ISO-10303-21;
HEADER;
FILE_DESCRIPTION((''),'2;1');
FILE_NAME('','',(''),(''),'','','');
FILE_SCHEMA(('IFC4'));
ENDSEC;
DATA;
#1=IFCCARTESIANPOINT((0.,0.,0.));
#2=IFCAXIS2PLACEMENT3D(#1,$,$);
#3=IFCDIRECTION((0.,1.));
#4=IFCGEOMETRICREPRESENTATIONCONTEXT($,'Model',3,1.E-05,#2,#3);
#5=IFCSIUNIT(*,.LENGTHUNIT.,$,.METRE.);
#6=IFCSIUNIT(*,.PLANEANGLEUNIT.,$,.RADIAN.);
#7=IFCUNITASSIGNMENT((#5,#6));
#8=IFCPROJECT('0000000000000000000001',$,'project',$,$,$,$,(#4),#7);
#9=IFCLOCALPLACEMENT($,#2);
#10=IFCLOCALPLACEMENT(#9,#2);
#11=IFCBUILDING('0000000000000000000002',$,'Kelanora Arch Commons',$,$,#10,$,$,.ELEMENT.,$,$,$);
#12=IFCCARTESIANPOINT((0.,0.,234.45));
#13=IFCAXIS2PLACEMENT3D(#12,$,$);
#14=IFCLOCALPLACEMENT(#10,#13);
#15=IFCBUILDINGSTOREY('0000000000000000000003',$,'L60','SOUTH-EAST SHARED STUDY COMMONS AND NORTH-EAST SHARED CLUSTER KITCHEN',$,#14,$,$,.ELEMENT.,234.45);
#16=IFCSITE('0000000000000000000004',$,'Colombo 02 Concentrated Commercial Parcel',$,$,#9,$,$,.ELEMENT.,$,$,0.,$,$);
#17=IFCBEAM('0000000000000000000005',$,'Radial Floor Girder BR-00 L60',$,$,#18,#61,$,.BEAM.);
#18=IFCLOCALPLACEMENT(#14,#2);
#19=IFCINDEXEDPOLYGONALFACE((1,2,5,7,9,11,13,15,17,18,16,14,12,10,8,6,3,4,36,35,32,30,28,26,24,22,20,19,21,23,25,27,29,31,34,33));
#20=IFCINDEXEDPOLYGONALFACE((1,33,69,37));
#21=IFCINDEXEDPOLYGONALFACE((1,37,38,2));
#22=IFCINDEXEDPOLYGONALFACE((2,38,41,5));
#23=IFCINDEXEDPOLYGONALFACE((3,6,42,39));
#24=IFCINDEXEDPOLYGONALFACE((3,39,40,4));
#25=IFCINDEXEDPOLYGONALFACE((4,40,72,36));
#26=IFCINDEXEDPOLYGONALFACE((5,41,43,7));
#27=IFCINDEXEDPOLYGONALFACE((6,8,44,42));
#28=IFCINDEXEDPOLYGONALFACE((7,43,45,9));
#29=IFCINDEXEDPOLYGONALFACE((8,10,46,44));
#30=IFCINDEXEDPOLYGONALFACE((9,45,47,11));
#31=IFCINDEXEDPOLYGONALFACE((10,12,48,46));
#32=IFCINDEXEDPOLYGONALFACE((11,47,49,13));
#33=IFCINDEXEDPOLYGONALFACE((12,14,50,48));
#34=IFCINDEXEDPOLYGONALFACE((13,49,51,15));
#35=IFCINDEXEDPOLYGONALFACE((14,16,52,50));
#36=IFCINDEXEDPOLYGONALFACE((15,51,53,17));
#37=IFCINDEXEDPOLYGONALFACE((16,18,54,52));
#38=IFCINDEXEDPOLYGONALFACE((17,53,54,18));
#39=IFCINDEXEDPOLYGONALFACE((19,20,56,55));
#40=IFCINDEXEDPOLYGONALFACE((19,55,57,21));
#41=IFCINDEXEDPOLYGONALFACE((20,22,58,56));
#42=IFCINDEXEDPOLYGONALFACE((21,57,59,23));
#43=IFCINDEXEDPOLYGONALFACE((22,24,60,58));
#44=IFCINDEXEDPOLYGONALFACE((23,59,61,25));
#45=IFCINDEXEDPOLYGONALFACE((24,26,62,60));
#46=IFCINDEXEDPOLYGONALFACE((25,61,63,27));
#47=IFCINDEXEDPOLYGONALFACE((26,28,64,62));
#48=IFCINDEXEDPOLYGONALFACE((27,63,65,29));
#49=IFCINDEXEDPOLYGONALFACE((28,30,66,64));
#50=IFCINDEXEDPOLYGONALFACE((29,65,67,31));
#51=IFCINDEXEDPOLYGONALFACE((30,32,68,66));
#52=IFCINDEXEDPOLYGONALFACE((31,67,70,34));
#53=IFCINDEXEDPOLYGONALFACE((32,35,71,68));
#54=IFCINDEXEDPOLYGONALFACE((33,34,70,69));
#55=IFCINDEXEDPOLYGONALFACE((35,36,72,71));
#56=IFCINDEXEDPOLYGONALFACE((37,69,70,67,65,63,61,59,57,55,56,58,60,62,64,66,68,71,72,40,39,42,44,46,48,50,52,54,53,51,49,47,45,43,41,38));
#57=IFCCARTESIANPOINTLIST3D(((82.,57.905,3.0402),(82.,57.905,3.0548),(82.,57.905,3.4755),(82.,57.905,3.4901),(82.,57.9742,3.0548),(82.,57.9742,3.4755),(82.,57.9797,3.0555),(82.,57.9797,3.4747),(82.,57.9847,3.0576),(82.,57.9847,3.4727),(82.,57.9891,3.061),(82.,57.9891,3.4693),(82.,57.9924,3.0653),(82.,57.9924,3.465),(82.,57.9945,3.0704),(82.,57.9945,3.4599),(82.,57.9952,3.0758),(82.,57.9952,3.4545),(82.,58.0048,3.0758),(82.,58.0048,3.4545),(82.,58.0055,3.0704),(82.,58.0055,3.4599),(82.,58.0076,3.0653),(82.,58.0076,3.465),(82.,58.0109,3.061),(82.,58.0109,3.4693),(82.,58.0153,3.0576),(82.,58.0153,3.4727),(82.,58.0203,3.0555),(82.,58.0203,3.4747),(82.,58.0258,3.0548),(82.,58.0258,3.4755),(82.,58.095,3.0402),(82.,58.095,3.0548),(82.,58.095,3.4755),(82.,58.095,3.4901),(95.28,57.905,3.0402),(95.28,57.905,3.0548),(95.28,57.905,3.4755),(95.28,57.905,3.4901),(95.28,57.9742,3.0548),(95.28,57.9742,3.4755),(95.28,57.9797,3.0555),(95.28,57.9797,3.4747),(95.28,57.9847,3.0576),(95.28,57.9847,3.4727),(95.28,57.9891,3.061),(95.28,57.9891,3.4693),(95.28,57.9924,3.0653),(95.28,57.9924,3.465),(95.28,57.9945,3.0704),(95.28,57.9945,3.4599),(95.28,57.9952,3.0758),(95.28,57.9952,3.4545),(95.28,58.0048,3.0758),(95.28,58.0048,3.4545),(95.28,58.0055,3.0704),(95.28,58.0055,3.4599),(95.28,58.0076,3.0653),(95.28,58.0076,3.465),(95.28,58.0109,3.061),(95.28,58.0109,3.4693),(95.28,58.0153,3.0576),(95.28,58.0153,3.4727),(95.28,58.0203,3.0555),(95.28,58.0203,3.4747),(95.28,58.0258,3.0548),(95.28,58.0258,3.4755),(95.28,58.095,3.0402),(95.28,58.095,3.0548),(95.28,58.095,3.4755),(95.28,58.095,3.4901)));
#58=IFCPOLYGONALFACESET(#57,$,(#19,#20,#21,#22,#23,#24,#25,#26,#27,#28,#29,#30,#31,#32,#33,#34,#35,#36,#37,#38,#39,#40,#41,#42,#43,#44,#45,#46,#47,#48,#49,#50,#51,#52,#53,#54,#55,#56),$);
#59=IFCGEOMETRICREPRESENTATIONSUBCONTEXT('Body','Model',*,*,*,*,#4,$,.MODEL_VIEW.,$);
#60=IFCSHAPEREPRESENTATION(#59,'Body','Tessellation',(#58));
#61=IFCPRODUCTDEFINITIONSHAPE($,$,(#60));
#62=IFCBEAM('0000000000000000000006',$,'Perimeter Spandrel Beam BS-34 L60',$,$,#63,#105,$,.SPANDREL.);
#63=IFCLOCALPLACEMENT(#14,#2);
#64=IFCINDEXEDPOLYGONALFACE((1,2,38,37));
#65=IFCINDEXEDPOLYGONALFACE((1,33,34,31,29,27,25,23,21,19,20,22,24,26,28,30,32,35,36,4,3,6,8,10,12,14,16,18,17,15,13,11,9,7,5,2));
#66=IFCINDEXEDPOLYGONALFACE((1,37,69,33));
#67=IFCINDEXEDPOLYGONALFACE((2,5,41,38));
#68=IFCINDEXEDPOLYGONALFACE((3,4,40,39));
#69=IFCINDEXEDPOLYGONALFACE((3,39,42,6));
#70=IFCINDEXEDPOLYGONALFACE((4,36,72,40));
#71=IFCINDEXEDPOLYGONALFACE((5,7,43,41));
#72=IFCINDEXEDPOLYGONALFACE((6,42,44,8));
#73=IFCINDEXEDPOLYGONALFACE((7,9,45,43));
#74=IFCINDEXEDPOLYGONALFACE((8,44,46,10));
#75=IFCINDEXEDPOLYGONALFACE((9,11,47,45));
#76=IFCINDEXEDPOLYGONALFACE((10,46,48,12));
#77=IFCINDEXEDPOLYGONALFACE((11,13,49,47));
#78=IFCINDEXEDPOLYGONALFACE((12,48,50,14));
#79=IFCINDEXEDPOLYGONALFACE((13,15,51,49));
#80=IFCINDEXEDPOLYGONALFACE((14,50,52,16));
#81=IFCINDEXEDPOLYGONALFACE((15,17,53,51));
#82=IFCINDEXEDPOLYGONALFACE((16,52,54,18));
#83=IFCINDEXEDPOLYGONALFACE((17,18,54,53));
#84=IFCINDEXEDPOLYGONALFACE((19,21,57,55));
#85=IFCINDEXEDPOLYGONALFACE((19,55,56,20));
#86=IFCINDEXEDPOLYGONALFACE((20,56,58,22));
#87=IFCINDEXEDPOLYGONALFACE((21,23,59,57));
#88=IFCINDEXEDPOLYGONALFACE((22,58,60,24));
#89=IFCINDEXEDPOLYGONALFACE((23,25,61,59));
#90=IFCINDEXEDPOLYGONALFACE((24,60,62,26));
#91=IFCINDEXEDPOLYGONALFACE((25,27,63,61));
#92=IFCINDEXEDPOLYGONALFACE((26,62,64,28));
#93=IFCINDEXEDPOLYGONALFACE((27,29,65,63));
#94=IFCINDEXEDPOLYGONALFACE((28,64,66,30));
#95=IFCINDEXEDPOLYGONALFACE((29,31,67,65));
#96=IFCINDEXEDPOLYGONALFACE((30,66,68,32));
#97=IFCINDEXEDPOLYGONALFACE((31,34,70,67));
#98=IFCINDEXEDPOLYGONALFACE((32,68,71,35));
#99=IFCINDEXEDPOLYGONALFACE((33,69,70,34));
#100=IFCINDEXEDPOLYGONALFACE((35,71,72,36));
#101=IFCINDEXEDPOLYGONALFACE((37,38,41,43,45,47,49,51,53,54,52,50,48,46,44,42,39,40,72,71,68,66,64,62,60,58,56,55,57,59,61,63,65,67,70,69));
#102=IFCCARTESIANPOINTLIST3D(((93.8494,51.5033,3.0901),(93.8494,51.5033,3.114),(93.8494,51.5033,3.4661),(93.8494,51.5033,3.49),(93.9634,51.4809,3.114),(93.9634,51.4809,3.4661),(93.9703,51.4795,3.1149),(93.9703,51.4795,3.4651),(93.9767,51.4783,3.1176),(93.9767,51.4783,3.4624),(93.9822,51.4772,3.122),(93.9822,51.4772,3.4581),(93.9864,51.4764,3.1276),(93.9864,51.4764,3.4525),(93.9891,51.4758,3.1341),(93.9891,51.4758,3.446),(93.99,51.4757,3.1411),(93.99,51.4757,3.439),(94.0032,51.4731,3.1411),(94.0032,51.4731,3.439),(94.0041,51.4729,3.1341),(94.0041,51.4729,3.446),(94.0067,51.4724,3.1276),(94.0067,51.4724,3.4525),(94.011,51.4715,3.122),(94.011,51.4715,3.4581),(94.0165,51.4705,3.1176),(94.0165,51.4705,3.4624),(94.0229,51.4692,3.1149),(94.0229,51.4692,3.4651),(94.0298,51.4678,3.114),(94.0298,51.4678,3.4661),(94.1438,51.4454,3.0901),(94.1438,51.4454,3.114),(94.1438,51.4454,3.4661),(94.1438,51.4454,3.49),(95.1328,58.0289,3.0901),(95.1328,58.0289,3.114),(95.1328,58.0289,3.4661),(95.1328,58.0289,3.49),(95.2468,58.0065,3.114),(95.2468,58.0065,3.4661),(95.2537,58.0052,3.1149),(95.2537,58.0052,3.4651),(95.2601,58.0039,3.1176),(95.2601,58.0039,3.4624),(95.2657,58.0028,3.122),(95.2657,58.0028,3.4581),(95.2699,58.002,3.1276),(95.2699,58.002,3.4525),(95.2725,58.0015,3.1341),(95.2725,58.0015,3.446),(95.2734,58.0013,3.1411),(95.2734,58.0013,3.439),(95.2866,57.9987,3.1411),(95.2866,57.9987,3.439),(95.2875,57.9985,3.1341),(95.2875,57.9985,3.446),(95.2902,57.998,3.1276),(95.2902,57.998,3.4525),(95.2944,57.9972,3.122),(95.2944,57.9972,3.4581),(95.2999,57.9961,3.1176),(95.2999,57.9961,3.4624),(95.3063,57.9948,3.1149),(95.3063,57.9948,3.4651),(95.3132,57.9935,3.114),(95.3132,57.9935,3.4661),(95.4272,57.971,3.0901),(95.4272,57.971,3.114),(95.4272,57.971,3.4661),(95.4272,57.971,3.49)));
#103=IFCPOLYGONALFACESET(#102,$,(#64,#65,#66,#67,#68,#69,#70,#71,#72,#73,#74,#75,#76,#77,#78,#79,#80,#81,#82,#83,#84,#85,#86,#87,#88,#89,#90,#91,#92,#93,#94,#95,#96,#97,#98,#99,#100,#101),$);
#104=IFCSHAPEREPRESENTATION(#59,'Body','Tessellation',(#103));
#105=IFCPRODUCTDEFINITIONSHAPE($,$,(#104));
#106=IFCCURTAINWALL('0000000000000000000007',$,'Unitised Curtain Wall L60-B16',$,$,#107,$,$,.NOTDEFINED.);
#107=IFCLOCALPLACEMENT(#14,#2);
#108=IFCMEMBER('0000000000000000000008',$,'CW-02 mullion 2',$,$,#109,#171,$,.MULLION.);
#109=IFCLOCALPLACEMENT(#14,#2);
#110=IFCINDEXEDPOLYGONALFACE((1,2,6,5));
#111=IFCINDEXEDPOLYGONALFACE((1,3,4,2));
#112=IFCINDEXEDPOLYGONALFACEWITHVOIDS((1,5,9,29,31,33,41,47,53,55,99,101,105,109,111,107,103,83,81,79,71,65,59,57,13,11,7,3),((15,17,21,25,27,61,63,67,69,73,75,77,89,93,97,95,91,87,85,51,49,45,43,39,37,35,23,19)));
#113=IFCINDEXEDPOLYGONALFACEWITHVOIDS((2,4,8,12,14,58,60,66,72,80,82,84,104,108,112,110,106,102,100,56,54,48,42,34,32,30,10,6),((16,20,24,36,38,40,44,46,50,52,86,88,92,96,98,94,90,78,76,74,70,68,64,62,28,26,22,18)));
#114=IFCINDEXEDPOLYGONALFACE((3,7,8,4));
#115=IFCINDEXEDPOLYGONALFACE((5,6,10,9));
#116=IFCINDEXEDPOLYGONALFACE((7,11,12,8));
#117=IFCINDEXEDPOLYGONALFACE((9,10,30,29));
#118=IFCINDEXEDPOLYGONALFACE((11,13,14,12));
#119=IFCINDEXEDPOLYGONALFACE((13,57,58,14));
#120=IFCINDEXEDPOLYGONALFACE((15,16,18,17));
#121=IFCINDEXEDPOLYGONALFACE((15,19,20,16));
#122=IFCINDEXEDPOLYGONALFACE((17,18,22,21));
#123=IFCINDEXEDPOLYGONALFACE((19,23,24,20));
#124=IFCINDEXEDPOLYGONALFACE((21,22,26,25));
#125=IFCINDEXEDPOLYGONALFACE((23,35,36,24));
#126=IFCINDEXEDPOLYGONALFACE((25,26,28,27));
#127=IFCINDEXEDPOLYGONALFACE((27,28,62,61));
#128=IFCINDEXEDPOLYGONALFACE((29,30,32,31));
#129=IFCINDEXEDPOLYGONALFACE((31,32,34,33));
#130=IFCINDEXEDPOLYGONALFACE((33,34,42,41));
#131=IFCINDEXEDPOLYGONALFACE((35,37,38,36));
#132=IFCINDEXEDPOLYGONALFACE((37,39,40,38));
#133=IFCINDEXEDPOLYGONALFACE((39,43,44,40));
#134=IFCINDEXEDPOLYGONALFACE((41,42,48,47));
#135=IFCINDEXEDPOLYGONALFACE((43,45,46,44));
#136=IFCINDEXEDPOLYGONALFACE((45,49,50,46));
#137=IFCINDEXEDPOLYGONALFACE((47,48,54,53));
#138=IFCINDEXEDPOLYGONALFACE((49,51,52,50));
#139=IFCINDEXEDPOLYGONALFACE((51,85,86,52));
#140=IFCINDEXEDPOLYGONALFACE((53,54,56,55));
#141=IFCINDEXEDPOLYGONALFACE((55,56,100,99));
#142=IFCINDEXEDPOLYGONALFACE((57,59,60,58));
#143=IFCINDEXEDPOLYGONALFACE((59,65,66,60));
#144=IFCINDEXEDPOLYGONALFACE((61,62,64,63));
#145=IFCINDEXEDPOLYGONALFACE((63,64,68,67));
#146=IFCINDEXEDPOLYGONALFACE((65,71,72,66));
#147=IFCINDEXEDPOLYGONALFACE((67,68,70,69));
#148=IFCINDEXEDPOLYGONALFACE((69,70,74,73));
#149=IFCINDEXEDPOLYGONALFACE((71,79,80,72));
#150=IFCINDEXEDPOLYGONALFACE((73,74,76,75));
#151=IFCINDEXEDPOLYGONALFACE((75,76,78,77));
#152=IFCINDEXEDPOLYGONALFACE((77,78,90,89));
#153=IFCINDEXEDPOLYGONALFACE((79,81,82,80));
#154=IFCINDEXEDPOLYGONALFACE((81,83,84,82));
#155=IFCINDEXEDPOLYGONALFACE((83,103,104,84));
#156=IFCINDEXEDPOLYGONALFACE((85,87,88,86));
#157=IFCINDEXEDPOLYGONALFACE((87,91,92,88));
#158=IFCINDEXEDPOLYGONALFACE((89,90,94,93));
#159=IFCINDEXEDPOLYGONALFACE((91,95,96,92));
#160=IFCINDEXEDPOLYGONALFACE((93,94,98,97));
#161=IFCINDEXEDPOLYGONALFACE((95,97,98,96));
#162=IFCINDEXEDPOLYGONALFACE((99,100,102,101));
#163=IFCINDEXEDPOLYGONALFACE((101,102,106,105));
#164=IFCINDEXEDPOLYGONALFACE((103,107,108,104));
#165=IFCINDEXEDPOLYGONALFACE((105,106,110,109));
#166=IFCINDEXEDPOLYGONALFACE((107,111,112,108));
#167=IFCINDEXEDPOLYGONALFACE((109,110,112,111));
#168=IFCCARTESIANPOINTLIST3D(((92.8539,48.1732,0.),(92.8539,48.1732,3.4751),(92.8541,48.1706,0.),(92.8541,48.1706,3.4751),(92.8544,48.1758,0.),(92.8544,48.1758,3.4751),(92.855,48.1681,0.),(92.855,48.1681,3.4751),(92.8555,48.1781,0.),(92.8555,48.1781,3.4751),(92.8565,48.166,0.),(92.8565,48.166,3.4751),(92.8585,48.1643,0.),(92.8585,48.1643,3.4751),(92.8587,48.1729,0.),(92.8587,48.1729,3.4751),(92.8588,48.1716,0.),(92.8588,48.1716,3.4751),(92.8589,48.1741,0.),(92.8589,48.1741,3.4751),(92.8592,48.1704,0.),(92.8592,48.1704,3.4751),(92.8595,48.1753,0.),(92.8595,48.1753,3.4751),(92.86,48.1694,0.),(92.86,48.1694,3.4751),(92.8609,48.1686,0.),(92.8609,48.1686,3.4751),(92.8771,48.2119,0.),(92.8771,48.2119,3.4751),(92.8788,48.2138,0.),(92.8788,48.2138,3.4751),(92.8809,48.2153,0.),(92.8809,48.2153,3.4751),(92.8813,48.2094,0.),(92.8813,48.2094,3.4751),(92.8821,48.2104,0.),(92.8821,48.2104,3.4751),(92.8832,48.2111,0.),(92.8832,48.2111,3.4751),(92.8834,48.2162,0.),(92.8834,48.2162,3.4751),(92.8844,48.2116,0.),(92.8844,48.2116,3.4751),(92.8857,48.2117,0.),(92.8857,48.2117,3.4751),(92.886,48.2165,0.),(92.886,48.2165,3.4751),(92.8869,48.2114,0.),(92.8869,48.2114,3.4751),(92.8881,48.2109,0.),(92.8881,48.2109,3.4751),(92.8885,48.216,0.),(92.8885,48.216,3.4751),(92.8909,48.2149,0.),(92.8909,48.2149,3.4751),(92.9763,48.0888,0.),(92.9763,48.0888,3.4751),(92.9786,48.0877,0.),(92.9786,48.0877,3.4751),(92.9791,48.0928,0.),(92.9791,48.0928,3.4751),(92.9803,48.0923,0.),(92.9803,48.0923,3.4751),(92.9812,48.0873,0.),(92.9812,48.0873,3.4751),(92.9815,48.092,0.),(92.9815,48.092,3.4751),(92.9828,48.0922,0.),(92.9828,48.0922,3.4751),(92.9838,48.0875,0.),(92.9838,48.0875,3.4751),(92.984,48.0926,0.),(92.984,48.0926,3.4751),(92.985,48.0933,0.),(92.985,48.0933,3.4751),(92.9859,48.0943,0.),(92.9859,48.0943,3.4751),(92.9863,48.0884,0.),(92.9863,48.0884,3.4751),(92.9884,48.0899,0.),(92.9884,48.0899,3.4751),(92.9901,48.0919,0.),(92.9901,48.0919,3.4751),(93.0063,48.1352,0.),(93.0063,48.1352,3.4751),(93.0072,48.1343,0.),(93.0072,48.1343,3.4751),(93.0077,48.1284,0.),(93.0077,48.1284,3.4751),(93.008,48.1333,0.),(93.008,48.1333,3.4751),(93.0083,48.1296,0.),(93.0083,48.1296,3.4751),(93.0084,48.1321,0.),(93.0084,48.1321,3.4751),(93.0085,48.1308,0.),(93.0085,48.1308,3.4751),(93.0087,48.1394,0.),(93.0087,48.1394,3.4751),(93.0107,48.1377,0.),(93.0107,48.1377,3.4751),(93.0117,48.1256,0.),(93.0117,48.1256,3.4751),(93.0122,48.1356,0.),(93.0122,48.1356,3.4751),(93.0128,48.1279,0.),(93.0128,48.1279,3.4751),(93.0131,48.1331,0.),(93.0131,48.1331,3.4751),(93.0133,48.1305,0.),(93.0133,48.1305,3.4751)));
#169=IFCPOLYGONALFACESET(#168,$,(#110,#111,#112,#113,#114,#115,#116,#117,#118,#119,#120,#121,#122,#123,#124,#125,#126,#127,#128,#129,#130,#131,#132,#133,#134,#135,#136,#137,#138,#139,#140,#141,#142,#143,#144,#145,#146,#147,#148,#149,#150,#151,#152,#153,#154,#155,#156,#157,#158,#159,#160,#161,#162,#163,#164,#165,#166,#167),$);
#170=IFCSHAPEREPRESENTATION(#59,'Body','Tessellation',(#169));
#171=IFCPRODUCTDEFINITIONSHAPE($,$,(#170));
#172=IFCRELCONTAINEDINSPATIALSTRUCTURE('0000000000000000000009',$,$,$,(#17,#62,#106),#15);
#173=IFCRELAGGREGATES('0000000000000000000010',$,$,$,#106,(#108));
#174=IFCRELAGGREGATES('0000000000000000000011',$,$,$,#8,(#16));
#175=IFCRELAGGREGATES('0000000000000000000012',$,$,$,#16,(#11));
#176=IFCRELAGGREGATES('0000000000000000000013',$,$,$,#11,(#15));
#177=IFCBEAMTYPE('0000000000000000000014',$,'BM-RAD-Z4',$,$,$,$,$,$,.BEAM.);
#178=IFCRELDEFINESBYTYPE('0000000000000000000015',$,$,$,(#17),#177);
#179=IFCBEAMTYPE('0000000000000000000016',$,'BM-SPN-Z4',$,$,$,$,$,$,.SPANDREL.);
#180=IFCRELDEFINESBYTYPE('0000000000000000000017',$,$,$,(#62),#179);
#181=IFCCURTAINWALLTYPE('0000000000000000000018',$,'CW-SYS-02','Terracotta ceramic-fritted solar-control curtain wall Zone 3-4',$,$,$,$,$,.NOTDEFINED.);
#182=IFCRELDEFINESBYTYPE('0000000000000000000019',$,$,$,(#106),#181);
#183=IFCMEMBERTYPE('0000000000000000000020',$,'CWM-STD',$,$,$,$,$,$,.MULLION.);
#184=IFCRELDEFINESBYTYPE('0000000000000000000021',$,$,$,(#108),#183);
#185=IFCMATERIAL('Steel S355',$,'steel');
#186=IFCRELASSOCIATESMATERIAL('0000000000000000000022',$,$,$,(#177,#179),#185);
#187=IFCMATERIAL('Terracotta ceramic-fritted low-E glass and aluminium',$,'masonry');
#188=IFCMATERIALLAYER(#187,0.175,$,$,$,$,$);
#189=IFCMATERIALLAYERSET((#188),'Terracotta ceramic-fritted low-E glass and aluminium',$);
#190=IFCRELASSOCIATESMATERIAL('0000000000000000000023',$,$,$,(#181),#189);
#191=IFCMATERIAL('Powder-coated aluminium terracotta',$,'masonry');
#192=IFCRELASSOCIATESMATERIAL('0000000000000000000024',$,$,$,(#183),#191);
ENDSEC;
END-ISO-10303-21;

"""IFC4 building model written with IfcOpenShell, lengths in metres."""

from ifc_helpers import new_model, si_unit, direction, frame, origin, origin_2d, place, context, subcontext, project, spatial, hollow_rectangle, i_section, extrude, material, layer, layer_set, material_profile, profile_set, type_object, element, aggregate, save


model = new_model("IFC4")

# Units and contexts
model_context = context("Model", 3, precision=1e-05, world=origin(), true_north=direction((0.0, 1.0)))
body_context = subcontext(model_context, "Body", "Model", "MODEL_VIEW")
ifc_project = project(units=[si_unit("LENGTHUNIT", "METRE"), si_unit("PLANEANGLEUNIT", "RADIAN")], contexts=[model_context])

# Site, building, storey
site_placement = place(None, origin())
site = spatial("IfcSite", under=ifc_project, at=site_placement, Name="Colombo 02 Concentrated Commercial Parcel", CompositionType="ELEMENT", RefElevation=0.0)
building_placement = place(site_placement, origin())
building = spatial("IfcBuilding", under=site, at=building_placement, Name="Kelanora Arch Commons", CompositionType="ELEMENT")
storey_placement = place(building_placement, frame((0.0, 0.0, 234.45)))
storey = spatial("IfcBuildingStorey", under=building, at=storey_placement, Name="L60", Description="SOUTH-EAST SHARED STUDY COMMONS AND NORTH-EAST SHARED CLUSTER KITCHEN", CompositionType="ELEMENT", Elevation=234.45)

# Beams
ifc_material_1 = material(Name="Steel S355", Category="steel")
ifc_material_profile_1 = material_profile(ifc_material_1, i_section(OverallWidth=0.1899, OverallDepth=0.45, WebThickness=0.0095, FlangeThickness=0.0146, FilletRadius=0.021, at=origin_2d()), Name="IPE450")
ifc_profile_set_1 = profile_set([ifc_material_profile_1], Name="Steel S355")
beam_type_1 = type_object("IfcBeamType", Name="BM-RAD-Z4", PredefinedType="BEAM", material=ifc_profile_set_1)
beam_1_placement = place(storey_placement, frame((82.0, 58.0, 3.2651), z_axis=(1.0, 0.0, 0.0), x_axis=(0.0, 1.0, 0.0)))
element("IfcBeam", 1, at=beam_1_placement, inside=storey, type_object=beam_type_1, Name="Radial Floor Girder BR-00 L60", PredefinedType="BEAM", context=body_context, shape_type="SweptSolid", body=[
    extrude(i_section(OverallWidth=0.1899, OverallDepth=0.45, WebThickness=0.0095, FlangeThickness=0.0146, FilletRadius=0.021, at=origin_2d()), origin(), (0.0, 0.0, 1.0), 13.28),
])
ifc_material_profile_2 = material_profile(ifc_material_1, i_section(OverallWidth=0.3, OverallDepth=0.3999, WebThickness=0.0134, FlangeThickness=0.0239, FilletRadius=0.0271, at=origin_2d()), Name="HEB400")
ifc_profile_set_2 = profile_set([ifc_material_profile_2], Name="Steel S355")
beam_type_2 = type_object("IfcBeamType", Name="BM-SPN-Z4", PredefinedType="SPANDREL", material=ifc_profile_set_2)
beam_2_placement = place(storey_placement, frame((93.9966, 51.4744, 3.29), z_axis=(0.192981, 0.981203, 0.0), x_axis=(-0.981203, 0.192981, 0.0)))
element("IfcBeam", 2, at=beam_2_placement, inside=storey, type_object=beam_type_2, Name="Perimeter Spandrel Beam BS-34 L60", PredefinedType="SPANDREL", context=body_context, shape_type="SweptSolid", body=[
    extrude(i_section(OverallWidth=0.3, OverallDepth=0.3999, WebThickness=0.0134, FlangeThickness=0.0239, FilletRadius=0.0271, at=origin_2d()), origin(), (0.0, 0.0, 1.0), 6.6506),
])

# Curtain wall, member
ifc_material_2 = material(Name="Terracotta ceramic-fritted low-E glass and aluminium", Category="masonry")
ifc_layer_1 = layer(ifc_material_2, 0.175)
ifc_layer_set_1 = layer_set([ifc_layer_1], Name="Terracotta ceramic-fritted low-E glass and aluminium")
curtain_wall_type = type_object("IfcCurtainWallType", Name="CW-SYS-02", Description="Terracotta ceramic-fritted solar-control curtain wall Zone 3-4", PredefinedType="NOTDEFINED", material=ifc_layer_set_1)
curtain_wall_placement = place(storey_placement, origin())
curtain_wall = element("IfcCurtainWall", 3, at=curtain_wall_placement, inside=storey, type_object=curtain_wall_type, Name="Unitised Curtain Wall L60-B16", PredefinedType="NOTDEFINED")
ifc_material_3 = material(Name="Powder-coated aluminium terracotta", Category="masonry")
ifc_material_profile_3 = material_profile(ifc_material_3, hollow_rectangle(XDim=0.1599, YDim=0.0601, WallThickness=0.0049, InnerFilletRadius=0.0049, OuterFilletRadius=0.01, at=origin_2d()), Name="CWM160x60")
ifc_profile_set_3 = profile_set([ifc_material_profile_3], Name="Powder-coated aluminium terracotta")
member_type_1 = type_object("IfcMemberType", Name="CWM-STD", PredefinedType="MULLION", material=ifc_profile_set_3)
member_1_placement = place(storey_placement, frame((92.9336, 48.1519, 0.0), z_axis=(0.0, 0.0, 1.0), x_axis=(-0.841948, 0.539559, 0.0)))
member_1 = element("IfcMember", 4, at=member_1_placement, type_object=member_type_1, Name="CW-02 mullion 2", PredefinedType="MULLION", context=body_context, shape_type="SweptSolid", body=[
    extrude(hollow_rectangle(XDim=0.1599, YDim=0.0601, WallThickness=0.0049, InnerFilletRadius=0.0049, OuterFilletRadius=0.01, at=origin_2d()), origin(), (0.0, 0.0, 1.0), 3.4751),
])
aggregate(curtain_wall, [member_1])

save(model, "model.ifc")
